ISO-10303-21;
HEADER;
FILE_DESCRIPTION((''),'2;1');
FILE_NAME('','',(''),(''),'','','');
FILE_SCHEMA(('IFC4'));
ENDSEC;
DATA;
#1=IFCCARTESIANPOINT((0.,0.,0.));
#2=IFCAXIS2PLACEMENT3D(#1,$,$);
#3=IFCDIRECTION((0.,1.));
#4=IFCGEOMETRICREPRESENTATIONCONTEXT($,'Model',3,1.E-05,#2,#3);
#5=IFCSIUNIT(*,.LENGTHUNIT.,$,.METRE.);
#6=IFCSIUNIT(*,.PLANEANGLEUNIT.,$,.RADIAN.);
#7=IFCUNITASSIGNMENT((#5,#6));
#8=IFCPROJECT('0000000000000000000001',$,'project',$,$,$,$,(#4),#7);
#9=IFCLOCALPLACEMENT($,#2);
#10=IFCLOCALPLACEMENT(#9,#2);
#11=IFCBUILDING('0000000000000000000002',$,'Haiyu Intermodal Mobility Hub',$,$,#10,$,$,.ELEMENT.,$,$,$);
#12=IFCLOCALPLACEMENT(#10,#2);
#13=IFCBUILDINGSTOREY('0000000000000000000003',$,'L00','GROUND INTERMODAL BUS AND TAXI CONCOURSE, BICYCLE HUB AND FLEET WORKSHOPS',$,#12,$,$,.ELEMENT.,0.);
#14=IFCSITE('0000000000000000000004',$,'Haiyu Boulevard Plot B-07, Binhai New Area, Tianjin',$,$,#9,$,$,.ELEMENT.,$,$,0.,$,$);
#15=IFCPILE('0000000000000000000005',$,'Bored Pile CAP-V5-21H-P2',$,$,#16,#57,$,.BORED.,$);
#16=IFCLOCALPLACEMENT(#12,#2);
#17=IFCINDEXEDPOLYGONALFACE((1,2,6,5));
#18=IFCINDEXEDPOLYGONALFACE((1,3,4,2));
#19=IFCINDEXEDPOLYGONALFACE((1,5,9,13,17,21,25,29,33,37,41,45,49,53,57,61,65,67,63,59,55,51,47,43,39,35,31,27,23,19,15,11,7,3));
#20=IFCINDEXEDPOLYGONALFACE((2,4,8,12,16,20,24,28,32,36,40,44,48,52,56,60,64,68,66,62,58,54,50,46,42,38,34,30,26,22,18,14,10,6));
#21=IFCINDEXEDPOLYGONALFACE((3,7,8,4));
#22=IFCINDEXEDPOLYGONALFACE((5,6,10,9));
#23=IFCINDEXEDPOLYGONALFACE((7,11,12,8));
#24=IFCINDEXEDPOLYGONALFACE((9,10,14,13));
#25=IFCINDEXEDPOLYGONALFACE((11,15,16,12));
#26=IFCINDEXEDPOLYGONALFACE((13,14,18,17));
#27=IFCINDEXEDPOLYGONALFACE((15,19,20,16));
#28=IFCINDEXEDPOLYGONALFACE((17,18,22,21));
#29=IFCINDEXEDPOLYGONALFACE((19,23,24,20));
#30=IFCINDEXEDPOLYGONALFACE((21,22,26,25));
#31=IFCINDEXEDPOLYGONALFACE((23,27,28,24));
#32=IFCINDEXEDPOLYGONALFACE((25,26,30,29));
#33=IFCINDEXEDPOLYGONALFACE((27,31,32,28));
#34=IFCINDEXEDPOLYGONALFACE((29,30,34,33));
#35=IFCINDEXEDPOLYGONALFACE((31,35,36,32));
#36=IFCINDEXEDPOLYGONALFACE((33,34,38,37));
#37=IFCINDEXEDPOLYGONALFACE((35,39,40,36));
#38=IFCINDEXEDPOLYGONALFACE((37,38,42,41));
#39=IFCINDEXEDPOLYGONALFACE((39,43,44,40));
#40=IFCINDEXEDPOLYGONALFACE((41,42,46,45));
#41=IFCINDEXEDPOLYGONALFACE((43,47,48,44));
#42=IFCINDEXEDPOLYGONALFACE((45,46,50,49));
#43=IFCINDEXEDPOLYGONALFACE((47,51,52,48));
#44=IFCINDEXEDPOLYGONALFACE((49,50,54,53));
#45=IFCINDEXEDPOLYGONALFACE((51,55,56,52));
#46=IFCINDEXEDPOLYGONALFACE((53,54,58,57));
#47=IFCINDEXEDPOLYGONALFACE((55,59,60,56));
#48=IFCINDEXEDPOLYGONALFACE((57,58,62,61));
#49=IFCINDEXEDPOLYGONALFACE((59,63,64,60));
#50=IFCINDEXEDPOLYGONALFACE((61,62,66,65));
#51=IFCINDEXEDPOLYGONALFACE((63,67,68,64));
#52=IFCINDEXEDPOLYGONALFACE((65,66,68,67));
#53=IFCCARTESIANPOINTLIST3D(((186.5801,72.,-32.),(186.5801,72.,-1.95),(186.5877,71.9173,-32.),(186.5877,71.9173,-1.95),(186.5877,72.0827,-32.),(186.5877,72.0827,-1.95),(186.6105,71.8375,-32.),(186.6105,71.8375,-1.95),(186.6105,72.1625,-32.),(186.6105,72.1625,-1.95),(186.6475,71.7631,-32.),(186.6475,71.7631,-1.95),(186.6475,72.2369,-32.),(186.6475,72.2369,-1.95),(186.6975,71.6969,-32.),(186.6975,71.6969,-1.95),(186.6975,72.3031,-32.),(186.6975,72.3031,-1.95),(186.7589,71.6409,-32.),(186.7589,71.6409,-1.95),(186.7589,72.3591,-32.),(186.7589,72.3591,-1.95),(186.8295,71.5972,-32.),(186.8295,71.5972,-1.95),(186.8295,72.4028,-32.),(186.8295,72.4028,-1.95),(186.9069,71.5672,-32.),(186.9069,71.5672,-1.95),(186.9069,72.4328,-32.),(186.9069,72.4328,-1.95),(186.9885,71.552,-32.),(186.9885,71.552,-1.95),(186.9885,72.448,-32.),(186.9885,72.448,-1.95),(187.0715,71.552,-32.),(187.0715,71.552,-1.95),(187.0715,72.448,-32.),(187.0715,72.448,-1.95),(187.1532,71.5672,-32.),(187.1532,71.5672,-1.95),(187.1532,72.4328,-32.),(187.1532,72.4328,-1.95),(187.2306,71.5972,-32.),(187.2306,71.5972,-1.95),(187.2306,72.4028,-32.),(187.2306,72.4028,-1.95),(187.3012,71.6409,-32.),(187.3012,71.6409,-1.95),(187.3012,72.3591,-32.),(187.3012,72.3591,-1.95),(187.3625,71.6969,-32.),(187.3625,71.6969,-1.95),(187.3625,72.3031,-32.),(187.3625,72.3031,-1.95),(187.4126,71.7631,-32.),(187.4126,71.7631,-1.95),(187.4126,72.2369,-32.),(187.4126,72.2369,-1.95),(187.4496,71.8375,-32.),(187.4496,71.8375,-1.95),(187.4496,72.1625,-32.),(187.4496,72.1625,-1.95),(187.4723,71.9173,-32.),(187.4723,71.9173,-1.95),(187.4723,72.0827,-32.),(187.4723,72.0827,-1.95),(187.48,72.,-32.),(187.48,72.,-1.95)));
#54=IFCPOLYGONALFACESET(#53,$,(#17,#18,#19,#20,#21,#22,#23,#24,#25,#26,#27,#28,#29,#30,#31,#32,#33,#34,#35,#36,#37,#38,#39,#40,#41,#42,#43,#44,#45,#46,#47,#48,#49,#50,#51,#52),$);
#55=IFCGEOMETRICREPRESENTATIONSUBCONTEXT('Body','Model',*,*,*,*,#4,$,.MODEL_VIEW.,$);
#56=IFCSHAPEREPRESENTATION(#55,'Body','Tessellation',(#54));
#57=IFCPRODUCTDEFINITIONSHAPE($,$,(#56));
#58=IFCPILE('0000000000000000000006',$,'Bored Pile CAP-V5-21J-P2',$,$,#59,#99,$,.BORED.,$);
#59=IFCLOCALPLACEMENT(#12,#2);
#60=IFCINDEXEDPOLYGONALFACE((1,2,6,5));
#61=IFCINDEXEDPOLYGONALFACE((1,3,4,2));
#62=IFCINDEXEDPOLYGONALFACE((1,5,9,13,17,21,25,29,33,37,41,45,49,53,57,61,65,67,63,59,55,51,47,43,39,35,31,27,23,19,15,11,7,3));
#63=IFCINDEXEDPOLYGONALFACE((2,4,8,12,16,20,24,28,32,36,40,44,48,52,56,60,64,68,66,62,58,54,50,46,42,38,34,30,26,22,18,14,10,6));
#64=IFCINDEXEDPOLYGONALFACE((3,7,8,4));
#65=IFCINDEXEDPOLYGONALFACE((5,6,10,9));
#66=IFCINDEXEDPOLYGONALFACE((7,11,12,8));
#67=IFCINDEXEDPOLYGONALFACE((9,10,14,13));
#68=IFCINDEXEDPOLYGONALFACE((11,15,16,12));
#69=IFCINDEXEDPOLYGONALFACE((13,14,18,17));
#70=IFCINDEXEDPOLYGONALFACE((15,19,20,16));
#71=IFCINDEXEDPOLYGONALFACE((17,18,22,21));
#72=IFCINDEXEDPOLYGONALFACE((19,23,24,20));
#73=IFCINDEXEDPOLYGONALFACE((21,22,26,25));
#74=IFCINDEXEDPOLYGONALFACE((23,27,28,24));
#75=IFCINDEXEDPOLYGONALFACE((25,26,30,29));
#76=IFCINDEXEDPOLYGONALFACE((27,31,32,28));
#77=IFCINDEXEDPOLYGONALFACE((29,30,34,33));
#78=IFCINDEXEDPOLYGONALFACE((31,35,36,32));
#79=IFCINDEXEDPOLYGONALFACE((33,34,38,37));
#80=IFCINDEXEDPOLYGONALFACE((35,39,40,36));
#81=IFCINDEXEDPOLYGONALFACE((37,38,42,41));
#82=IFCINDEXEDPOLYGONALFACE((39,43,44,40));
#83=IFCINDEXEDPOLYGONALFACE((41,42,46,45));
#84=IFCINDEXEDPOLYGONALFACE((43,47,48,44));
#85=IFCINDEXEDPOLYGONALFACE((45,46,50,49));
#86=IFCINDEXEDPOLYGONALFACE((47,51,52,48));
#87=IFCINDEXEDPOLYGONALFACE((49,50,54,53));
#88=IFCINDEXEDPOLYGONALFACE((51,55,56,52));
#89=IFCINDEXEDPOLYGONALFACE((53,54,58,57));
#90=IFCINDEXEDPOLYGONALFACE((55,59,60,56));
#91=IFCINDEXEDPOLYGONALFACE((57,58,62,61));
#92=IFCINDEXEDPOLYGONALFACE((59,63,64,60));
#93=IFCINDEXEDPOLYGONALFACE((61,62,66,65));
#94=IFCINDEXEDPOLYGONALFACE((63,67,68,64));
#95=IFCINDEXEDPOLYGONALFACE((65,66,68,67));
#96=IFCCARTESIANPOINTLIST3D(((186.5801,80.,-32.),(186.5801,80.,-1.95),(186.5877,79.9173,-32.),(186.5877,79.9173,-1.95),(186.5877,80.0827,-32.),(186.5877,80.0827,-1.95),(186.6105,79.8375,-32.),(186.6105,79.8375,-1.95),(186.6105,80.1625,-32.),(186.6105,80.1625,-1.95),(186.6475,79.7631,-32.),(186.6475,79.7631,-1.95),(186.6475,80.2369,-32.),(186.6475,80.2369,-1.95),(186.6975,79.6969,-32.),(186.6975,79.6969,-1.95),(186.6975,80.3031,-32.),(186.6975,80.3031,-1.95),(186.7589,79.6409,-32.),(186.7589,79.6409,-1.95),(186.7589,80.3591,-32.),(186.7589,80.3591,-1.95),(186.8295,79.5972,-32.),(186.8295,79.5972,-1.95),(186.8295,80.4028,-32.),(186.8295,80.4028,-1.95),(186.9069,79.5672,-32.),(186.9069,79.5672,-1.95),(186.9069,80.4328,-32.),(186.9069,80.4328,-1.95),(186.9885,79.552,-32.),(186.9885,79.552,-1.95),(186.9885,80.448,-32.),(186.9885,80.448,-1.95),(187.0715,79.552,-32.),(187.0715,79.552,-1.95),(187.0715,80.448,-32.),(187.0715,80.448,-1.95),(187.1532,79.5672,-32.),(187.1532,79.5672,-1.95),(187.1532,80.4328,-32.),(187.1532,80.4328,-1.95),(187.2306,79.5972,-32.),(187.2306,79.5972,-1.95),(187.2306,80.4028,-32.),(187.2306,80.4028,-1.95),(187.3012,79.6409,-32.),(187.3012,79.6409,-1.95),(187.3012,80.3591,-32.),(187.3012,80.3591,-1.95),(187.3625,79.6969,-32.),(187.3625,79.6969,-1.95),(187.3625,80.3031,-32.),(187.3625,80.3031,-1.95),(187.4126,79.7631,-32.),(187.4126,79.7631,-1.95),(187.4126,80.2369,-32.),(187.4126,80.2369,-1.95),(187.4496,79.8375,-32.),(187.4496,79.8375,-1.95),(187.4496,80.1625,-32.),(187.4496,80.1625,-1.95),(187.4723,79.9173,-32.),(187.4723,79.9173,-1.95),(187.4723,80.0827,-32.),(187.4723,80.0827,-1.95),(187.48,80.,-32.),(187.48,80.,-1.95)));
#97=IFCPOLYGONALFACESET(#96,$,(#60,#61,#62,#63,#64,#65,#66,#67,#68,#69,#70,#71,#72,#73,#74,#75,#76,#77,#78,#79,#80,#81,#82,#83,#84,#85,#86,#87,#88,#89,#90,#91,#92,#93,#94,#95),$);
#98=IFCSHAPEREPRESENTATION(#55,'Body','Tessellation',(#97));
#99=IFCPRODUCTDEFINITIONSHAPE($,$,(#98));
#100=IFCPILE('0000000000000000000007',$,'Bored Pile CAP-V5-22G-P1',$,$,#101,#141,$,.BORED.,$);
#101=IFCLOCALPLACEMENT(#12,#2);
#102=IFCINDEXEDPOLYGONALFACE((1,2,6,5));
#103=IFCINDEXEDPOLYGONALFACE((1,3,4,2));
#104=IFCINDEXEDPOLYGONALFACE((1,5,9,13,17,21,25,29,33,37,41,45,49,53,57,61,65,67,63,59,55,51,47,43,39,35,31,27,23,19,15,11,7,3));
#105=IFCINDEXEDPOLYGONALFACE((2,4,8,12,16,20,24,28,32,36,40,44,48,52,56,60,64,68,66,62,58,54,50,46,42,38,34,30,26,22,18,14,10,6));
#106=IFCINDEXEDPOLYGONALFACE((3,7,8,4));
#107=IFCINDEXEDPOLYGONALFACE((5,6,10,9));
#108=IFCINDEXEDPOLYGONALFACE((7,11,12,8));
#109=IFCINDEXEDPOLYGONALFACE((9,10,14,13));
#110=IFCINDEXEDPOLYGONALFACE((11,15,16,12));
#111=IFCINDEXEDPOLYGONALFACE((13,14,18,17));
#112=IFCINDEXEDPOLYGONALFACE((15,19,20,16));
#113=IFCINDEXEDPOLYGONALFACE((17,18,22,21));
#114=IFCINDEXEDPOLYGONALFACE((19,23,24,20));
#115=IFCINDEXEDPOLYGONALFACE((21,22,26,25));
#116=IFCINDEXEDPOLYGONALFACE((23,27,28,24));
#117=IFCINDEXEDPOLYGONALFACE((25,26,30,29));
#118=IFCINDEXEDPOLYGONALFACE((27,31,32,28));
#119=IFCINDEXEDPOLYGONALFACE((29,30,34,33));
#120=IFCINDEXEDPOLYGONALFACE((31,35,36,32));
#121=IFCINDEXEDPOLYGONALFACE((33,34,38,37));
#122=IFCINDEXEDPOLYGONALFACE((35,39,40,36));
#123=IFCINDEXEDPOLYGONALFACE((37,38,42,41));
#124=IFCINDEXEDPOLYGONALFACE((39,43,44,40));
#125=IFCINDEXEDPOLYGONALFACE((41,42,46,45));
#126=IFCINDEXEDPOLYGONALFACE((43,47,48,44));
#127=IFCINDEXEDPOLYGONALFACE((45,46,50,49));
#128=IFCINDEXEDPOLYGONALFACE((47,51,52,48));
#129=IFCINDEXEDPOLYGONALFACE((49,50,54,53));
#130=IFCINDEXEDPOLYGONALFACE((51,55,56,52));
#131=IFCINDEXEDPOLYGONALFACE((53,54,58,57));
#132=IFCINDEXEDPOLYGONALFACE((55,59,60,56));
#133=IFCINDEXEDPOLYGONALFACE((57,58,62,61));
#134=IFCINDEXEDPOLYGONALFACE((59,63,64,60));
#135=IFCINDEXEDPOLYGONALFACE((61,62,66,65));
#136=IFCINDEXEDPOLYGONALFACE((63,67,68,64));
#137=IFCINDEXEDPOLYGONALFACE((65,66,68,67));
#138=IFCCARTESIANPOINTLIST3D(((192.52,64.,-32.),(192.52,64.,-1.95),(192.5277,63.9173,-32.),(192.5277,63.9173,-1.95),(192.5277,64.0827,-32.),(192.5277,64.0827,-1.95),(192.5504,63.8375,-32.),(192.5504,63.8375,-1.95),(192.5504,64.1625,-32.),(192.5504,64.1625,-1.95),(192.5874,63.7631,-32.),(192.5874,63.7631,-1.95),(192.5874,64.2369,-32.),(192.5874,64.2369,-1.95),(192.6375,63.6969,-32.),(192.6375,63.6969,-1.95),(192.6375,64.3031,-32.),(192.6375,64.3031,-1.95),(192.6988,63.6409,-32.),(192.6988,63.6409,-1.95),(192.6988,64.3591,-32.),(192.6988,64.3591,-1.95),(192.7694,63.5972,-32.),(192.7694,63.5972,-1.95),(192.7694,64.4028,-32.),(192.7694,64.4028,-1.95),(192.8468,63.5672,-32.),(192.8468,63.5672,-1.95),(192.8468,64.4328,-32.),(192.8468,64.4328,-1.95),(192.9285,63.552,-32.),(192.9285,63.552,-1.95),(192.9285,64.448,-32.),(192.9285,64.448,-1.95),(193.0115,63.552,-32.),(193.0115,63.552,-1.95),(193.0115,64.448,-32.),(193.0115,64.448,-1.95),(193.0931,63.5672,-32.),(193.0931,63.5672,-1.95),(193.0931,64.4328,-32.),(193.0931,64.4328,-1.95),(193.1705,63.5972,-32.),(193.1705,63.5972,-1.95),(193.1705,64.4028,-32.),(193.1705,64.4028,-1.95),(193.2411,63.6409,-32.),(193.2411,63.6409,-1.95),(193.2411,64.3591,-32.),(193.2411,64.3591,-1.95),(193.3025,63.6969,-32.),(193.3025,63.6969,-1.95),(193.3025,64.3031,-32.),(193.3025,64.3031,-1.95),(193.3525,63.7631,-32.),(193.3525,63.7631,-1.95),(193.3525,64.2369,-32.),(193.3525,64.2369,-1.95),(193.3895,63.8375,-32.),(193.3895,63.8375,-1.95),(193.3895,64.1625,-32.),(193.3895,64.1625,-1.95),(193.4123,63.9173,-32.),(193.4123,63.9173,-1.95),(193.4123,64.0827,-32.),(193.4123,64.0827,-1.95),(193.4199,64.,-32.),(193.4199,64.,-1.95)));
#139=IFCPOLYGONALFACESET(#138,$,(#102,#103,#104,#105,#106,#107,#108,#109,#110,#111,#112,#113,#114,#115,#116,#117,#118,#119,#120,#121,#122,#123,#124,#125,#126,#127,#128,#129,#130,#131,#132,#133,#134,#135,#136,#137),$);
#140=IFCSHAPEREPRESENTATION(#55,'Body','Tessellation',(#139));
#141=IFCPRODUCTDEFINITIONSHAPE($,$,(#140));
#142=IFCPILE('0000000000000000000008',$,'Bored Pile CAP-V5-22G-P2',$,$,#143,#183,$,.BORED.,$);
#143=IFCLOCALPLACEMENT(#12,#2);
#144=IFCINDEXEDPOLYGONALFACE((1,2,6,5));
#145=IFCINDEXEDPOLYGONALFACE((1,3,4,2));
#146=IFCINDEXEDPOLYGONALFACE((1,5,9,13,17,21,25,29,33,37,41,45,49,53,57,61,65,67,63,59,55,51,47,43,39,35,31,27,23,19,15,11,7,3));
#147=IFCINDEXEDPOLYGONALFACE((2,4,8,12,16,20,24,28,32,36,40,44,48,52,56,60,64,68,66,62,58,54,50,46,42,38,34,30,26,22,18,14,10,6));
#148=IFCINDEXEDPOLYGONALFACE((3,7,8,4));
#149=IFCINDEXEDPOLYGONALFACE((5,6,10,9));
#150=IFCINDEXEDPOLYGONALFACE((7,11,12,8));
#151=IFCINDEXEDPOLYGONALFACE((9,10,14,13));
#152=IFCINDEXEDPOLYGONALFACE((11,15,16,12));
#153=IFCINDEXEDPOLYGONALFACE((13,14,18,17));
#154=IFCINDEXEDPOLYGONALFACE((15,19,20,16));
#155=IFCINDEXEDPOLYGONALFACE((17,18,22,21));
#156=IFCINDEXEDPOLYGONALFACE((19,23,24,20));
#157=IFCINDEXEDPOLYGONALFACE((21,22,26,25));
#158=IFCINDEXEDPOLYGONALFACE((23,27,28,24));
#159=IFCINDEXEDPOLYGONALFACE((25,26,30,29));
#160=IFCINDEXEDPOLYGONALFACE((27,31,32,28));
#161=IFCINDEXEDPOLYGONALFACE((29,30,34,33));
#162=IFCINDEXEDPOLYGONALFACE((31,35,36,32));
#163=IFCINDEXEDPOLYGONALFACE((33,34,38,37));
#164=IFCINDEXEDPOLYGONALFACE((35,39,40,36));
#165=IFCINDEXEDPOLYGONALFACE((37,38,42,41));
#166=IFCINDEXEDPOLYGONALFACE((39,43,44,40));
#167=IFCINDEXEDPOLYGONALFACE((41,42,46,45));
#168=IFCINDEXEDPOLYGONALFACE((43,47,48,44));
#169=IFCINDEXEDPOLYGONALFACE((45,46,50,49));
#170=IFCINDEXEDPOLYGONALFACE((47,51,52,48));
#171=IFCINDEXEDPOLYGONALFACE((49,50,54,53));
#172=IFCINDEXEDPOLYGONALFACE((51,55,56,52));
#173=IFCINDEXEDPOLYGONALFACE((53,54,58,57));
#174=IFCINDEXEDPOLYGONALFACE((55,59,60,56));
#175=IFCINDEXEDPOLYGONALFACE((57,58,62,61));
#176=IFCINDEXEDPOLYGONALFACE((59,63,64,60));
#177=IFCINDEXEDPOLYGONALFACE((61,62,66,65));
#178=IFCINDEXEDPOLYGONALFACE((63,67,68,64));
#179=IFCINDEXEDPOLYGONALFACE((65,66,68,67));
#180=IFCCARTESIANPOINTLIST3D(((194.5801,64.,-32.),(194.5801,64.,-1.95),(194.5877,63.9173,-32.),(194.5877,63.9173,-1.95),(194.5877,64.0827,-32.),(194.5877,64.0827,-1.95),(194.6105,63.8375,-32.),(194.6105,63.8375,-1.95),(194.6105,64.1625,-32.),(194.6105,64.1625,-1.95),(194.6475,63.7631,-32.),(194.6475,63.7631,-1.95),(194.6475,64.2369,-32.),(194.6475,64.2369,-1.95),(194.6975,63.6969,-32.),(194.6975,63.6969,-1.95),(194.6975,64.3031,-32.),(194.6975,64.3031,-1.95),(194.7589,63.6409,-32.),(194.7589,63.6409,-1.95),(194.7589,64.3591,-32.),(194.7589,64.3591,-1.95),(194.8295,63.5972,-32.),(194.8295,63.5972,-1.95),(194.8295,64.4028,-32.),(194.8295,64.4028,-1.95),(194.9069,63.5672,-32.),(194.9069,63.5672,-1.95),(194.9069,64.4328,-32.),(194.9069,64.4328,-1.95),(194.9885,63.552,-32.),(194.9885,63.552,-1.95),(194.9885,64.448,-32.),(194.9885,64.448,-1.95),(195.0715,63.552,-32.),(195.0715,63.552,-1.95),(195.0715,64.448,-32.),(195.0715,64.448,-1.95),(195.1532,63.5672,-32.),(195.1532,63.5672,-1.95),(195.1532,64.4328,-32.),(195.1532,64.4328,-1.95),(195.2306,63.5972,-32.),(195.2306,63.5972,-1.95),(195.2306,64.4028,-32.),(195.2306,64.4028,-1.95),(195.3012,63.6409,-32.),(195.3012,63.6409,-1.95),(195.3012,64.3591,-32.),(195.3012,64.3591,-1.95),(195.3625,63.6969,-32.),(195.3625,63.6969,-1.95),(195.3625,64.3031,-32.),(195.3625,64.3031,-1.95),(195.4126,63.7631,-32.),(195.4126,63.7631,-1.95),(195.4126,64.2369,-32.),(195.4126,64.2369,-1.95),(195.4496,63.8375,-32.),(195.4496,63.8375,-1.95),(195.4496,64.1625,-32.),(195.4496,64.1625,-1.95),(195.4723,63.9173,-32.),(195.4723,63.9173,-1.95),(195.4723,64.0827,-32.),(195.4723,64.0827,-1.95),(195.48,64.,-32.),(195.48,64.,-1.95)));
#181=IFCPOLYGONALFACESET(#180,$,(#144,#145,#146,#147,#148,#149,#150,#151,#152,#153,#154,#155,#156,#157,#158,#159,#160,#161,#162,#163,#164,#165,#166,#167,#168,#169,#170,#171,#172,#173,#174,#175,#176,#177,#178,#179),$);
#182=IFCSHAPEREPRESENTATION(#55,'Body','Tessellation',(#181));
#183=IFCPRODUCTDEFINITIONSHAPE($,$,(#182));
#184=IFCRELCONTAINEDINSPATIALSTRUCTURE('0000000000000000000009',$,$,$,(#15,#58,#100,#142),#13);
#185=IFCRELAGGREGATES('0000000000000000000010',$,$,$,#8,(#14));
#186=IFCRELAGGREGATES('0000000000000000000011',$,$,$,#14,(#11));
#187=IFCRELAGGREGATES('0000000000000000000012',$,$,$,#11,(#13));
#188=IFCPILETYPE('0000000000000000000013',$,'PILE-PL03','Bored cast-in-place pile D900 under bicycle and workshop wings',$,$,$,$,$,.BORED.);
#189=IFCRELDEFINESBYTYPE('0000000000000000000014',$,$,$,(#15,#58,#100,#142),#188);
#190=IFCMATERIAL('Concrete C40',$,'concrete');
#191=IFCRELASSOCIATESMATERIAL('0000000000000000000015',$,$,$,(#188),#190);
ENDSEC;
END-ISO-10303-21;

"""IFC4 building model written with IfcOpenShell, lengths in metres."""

from ifc_helpers import new_model, si_unit, direction, frame, origin, origin_2d, place, context, subcontext, project, spatial, circle, extrude, material, material_profile, profile_set, type_object, element, save


model = new_model("IFC4")

# Units and contexts
model_context = context("Model", 3, precision=1e-05, world=origin(), true_north=direction((0.0, 1.0)))
body_context = subcontext(model_context, "Body", "Model", "MODEL_VIEW")
ifc_project = project(units=[si_unit("LENGTHUNIT", "METRE"), si_unit("PLANEANGLEUNIT", "RADIAN")], contexts=[model_context])

# Site, building, storey
site_placement = place(None, origin())
site = spatial("IfcSite", under=ifc_project, at=site_placement, Name="Haiyu Boulevard Plot B-07, Binhai New Area, Tianjin", CompositionType="ELEMENT", RefElevation=0.0)
building_placement = place(site_placement, origin())
building = spatial("IfcBuilding", under=site, at=building_placement, Name="Haiyu Intermodal Mobility Hub", CompositionType="ELEMENT")
storey_placement = place(building_placement, origin())
storey = spatial("IfcBuildingStorey", under=building, at=storey_placement, Name="L00", Description="GROUND INTERMODAL BUS AND TAXI CONCOURSE, BICYCLE HUB AND FLEET WORKSHOPS", CompositionType="ELEMENT", Elevation=0.0)

# Shared definitions
ifc_material_1 = material(Name="Concrete C40", Category="concrete")

# Piles
ifc_material_profile_1 = material_profile(ifc_material_1, circle(Radius=0.45, at=origin_2d()), Name="PILE-D900")
ifc_profile_set_1 = profile_set([ifc_material_profile_1], Name="Concrete C40")
pile_type = type_object("IfcPileType", Name="PILE-PL03", Description="Bored cast-in-place pile D900 under bicycle and workshop wings", PredefinedType="BORED", material=ifc_profile_set_1)
for number, where, z_axis, x_axis, name in (
    (1, (187.03, 72.0, -1.95), (0.0, 0.0, -1.0), (1.0, 0.0, 0.0), "Bored Pile CAP-V5-21H-P2"),
    (2, (187.03, 80.0, -1.95), (0.0, 0.0, -1.0), (1.0, 0.0, 0.0), "Bored Pile CAP-V5-21J-P2"),
    (3, (192.97, 64.0, -1.95), (0.0, 0.0, -1.0), (1.0, 0.0, 0.0), "Bored Pile CAP-V5-22G-P1"),
    (4, (195.03, 64.0, -1.95), (0.0, 0.0, -1.0), (1.0, 0.0, 0.0), "Bored Pile CAP-V5-22G-P2"),
):
    element("IfcPile", number, at=place(storey_placement, frame(where, z_axis=z_axis, x_axis=x_axis)), inside=storey, type_object=pile_type, Name=name, PredefinedType="BORED", context=body_context, shape_type="SweptSolid", body=[
        extrude(circle(Radius=0.45, at=origin_2d()), origin(), (0.0, 0.0, 1.0), 30.05),
    ])

save(model, "model.ifc")
